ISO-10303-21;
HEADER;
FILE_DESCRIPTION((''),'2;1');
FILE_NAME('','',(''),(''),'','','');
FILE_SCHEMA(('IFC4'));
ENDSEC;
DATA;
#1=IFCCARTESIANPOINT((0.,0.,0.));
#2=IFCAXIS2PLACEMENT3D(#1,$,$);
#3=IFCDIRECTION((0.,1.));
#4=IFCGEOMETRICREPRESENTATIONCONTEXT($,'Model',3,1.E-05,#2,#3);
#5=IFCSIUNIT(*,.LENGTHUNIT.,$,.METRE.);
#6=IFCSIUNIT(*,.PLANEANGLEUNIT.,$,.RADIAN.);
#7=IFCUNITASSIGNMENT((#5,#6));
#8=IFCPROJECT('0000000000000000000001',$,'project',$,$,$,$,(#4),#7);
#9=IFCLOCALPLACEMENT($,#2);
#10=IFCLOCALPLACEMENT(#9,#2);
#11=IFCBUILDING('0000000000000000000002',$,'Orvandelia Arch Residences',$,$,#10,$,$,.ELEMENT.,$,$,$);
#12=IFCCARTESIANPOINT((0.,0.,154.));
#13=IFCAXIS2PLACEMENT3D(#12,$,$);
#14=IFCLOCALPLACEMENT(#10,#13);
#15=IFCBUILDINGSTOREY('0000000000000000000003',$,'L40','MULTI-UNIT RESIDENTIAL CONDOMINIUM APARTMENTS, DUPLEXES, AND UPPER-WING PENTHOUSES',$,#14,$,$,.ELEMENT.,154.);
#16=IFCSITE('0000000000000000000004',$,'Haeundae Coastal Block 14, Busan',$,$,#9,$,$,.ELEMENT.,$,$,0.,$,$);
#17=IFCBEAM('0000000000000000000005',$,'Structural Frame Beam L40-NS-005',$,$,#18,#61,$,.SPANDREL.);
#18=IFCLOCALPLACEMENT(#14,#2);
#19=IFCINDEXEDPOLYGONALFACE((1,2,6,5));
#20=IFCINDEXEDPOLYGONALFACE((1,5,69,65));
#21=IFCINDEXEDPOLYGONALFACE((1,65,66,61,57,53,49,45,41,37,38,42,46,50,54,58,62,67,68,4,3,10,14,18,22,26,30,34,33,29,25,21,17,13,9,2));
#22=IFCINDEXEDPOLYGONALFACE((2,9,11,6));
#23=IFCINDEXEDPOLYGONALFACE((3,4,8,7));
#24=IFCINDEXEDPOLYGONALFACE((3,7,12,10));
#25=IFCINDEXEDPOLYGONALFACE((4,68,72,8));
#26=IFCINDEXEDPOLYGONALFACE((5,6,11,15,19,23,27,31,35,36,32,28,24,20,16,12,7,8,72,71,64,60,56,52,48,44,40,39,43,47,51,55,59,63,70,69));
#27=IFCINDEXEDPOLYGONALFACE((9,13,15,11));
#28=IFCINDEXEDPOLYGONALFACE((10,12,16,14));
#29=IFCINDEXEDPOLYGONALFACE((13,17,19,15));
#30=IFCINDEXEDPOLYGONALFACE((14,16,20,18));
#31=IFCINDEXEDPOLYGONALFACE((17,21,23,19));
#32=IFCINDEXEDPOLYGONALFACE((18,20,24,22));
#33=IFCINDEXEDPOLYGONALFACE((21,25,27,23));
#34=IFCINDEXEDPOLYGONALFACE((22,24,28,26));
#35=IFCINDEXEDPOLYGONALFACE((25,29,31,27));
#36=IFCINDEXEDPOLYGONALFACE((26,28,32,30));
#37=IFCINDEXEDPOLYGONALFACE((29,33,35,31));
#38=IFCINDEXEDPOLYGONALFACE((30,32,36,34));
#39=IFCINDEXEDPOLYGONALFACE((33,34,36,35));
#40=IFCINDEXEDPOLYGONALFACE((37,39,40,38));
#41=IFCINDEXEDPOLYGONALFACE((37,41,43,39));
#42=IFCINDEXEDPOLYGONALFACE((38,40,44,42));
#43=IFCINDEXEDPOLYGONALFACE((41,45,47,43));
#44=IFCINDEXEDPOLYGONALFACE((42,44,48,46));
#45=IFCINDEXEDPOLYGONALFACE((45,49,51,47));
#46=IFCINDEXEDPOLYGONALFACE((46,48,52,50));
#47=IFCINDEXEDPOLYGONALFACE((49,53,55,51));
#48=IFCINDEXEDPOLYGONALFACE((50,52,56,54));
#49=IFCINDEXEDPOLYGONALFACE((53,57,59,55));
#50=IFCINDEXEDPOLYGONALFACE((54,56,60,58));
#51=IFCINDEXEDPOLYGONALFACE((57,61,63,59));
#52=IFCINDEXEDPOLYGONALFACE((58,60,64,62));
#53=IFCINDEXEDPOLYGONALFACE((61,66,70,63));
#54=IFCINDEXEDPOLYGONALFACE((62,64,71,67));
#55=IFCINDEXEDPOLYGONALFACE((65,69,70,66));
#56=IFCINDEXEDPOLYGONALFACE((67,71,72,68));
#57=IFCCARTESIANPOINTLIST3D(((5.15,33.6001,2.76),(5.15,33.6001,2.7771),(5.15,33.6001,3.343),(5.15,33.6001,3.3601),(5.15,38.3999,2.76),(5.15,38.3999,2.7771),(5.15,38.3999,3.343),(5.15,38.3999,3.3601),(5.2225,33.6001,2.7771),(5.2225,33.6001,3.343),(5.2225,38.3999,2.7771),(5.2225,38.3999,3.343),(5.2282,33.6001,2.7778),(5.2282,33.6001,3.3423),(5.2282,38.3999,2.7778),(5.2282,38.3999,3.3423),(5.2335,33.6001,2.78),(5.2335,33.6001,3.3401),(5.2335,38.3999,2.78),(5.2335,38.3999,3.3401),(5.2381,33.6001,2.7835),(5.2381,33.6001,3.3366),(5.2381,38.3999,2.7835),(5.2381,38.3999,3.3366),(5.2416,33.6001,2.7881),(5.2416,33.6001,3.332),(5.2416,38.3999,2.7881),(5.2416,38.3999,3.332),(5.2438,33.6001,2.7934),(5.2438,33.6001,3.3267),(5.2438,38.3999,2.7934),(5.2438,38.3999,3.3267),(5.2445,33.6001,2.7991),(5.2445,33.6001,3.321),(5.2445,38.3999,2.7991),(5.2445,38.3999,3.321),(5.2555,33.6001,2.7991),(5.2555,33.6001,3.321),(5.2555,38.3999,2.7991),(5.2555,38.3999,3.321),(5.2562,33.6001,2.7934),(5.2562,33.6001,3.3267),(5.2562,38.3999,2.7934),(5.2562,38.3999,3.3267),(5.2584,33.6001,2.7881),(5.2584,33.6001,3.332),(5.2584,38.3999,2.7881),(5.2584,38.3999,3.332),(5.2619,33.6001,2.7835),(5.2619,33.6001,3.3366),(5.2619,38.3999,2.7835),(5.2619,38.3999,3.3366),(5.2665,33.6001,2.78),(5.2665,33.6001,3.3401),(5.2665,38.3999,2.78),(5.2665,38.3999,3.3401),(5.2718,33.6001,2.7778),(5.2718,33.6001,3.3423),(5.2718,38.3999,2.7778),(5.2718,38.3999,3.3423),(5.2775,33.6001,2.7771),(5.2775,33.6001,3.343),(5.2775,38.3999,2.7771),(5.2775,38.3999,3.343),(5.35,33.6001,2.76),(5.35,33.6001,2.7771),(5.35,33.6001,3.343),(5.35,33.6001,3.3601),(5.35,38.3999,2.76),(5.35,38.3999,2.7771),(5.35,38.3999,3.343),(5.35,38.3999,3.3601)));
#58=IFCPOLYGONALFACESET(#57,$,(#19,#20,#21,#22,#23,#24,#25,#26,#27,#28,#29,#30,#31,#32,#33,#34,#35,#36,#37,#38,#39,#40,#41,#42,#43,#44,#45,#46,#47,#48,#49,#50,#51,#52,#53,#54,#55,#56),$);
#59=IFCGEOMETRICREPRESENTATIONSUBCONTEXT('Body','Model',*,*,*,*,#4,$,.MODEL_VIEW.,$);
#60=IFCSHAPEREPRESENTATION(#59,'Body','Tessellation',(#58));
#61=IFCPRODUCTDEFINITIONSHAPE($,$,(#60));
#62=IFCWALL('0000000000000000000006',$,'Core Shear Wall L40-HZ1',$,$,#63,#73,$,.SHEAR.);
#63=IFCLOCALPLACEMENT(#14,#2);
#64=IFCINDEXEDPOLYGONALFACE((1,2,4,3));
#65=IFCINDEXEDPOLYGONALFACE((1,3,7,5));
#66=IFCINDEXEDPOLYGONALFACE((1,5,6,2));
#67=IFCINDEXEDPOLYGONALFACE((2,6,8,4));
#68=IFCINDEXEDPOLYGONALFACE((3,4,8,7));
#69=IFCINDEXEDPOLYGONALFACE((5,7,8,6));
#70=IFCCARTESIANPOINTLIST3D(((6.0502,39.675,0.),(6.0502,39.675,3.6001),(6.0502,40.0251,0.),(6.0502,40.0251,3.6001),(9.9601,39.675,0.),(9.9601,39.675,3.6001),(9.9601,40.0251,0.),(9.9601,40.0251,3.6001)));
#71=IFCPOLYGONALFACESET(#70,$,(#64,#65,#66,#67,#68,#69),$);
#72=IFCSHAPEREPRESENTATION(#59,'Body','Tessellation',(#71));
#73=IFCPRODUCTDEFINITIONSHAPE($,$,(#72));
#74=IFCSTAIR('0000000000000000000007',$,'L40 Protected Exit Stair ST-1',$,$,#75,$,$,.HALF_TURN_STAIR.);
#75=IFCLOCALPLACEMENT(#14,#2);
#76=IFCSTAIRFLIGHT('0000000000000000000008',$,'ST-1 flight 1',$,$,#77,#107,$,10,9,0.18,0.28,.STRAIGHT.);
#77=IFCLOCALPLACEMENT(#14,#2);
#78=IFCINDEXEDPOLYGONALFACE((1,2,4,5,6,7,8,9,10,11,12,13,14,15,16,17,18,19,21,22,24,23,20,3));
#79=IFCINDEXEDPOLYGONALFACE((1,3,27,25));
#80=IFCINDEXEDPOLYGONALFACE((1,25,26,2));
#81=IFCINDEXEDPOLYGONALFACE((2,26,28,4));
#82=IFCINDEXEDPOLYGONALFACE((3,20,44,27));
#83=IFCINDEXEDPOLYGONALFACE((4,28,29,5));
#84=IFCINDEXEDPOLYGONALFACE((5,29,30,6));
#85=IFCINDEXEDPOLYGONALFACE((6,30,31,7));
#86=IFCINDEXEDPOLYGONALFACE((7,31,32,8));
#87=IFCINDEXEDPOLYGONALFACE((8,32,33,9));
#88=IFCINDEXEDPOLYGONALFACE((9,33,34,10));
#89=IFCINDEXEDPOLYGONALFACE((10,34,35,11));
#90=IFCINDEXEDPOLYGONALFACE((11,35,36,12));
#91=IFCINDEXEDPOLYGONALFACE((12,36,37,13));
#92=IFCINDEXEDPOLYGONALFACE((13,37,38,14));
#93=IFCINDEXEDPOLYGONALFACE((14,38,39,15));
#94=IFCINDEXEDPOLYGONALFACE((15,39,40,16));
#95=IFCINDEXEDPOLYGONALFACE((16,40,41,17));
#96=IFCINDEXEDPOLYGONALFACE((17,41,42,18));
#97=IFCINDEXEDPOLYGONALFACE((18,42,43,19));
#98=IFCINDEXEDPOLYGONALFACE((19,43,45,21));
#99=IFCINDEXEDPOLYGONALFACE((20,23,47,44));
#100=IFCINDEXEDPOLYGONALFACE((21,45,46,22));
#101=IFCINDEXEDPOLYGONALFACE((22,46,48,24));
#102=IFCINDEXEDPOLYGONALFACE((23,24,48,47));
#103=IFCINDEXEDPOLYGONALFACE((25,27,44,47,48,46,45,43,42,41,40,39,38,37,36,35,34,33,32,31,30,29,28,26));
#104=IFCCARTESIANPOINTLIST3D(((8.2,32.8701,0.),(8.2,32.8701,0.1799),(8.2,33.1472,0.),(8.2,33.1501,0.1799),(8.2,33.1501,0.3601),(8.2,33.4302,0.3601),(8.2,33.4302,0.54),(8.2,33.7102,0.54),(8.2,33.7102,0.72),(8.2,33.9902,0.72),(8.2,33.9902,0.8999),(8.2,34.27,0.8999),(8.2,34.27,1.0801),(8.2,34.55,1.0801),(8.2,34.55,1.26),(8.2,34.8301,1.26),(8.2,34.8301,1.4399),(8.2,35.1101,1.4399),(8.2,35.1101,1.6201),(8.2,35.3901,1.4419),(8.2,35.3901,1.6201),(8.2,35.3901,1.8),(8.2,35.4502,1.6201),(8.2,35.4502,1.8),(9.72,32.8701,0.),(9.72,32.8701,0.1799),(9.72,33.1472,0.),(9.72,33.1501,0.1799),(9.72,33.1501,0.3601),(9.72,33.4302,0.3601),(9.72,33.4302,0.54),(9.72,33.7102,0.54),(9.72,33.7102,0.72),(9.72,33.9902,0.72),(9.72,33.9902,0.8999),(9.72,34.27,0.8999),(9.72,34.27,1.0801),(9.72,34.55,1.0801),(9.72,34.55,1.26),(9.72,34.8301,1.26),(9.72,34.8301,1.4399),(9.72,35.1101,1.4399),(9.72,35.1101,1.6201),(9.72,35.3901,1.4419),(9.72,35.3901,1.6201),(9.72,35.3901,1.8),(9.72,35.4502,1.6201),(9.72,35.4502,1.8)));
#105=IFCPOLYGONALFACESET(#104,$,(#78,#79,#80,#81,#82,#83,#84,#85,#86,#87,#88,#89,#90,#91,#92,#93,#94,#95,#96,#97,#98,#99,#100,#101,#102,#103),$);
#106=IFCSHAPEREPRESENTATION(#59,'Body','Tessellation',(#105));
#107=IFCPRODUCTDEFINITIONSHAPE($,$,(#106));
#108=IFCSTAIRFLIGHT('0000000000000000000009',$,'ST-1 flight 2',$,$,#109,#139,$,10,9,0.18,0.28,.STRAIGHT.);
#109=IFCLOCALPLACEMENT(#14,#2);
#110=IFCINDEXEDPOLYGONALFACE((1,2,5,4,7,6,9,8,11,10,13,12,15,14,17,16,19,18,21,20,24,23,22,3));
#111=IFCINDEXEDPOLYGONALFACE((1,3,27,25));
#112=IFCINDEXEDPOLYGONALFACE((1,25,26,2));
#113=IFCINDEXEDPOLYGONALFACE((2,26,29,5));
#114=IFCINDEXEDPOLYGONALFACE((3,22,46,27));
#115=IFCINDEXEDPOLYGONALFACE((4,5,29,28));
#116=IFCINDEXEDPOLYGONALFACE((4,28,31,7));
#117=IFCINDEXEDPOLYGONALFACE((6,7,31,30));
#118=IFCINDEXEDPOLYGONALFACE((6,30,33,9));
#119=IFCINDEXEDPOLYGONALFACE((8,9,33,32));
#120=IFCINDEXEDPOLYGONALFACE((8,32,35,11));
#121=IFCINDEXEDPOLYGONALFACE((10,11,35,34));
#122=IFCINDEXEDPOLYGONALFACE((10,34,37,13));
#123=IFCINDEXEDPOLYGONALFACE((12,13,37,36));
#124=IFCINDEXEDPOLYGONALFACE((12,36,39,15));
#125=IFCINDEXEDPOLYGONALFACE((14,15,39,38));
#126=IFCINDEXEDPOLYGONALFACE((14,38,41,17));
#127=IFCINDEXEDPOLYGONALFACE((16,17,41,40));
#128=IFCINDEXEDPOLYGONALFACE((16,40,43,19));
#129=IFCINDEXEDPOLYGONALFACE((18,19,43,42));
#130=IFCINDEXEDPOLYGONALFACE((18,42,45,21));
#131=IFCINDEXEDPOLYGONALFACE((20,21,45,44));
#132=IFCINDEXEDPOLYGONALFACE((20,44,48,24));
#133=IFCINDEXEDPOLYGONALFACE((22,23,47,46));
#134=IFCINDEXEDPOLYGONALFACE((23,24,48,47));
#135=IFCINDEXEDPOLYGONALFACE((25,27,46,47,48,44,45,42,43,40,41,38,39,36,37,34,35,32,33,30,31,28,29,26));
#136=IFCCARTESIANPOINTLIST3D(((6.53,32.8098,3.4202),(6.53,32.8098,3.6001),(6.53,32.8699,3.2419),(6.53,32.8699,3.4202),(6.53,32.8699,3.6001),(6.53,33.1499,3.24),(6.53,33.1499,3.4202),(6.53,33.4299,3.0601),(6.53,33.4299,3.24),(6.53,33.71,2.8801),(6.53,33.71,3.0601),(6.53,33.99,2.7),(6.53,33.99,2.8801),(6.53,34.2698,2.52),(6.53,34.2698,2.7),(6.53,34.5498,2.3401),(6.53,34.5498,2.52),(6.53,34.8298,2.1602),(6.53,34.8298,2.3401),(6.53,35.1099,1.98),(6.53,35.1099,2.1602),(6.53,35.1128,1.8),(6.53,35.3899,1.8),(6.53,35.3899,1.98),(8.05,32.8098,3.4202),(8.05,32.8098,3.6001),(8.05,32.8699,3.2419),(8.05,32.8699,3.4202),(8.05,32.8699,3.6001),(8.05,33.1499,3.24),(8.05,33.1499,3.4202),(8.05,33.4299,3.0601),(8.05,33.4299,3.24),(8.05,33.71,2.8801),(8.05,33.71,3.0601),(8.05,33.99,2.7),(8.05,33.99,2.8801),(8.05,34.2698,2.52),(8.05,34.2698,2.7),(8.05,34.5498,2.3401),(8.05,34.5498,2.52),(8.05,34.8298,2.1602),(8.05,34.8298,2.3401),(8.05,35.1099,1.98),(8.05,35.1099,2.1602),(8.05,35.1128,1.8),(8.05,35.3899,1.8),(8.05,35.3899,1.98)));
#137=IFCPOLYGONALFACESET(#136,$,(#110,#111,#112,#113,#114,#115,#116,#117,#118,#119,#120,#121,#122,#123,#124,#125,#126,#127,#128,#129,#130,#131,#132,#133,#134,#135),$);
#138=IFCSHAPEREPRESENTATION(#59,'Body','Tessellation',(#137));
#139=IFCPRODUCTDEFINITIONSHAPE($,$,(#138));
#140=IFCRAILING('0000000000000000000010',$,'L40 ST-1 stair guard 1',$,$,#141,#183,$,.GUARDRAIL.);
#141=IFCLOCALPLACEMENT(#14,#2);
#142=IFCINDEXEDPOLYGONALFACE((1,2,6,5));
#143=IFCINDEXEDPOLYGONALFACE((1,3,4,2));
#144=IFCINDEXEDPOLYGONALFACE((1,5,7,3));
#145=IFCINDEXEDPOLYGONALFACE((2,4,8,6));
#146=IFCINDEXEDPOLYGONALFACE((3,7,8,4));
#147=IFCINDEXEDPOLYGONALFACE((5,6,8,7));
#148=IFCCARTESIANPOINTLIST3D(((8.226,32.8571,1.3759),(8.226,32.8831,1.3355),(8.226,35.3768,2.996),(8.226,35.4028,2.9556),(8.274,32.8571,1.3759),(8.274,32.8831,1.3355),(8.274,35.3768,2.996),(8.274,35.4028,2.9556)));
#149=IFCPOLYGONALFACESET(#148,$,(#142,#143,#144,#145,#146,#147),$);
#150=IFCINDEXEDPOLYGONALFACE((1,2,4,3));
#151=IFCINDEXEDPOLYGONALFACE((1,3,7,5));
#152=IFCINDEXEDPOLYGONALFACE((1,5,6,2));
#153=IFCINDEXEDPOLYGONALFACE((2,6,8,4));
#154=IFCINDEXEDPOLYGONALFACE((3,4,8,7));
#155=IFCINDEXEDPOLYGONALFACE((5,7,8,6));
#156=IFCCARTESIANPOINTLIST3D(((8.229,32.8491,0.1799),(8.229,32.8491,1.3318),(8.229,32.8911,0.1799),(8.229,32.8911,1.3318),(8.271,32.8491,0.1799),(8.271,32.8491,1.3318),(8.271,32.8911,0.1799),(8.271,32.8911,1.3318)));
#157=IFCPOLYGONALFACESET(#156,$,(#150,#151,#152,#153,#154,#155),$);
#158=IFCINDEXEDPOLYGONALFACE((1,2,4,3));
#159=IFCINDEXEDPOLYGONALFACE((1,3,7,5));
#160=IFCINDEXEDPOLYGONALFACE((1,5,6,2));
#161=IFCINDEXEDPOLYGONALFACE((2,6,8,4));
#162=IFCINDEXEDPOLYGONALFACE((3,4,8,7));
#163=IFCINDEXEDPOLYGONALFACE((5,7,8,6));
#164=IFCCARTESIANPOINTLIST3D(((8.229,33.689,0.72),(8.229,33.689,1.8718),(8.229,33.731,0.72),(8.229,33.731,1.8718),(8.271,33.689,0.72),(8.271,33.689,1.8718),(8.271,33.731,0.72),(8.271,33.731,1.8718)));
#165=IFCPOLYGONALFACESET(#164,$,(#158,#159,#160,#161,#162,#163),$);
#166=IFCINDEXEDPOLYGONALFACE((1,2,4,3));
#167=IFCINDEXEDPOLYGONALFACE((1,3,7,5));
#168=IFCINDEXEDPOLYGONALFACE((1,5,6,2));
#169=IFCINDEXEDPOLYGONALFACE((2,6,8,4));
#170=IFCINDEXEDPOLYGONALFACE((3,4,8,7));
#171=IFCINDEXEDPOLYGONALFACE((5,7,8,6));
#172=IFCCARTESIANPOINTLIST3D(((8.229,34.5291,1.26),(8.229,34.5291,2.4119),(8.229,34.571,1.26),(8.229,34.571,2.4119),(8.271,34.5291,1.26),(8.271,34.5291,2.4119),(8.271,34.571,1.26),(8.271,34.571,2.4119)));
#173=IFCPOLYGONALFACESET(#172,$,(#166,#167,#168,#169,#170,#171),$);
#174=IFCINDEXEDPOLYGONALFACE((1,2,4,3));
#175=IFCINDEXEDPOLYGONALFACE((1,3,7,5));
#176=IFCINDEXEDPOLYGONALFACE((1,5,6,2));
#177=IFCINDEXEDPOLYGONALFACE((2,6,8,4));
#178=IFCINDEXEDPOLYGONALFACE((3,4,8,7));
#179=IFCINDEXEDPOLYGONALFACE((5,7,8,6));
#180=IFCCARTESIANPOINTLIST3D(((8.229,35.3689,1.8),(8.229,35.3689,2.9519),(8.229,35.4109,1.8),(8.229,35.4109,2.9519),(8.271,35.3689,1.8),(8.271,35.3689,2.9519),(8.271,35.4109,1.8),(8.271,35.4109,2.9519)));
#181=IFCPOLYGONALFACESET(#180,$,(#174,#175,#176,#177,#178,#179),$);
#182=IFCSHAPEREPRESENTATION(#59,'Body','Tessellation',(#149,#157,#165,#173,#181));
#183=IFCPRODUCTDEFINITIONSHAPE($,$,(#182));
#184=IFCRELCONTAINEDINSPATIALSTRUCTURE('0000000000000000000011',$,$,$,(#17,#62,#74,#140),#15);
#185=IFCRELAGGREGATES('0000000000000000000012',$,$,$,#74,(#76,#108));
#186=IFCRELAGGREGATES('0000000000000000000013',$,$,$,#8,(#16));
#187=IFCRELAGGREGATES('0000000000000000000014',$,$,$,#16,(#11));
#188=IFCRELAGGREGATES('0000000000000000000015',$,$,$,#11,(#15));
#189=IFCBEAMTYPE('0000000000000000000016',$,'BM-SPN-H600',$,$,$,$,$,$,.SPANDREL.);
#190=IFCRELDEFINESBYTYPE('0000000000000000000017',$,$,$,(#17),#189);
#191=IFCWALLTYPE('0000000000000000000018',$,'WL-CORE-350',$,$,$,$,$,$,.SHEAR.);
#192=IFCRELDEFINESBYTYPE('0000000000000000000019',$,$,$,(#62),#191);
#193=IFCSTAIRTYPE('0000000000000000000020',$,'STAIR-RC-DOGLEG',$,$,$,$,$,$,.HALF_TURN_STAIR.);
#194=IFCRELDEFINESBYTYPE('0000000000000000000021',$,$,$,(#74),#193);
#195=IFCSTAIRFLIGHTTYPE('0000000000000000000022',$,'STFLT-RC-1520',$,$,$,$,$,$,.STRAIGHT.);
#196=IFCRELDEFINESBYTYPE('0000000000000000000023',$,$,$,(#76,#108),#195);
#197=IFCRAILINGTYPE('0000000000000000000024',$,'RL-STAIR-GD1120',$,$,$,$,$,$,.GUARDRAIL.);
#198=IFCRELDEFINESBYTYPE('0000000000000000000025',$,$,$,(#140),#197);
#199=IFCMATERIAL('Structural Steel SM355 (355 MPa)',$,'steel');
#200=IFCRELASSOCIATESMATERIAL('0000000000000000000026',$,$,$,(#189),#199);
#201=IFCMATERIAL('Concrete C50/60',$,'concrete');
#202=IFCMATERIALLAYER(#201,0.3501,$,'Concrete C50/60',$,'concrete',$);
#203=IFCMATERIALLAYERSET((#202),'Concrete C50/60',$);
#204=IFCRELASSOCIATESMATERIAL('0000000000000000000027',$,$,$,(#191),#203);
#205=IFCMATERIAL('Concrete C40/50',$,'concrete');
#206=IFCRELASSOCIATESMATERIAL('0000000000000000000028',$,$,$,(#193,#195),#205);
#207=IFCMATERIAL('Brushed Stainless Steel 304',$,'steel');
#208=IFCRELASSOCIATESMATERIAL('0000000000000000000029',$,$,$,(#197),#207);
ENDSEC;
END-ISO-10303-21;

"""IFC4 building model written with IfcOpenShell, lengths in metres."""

from ifc_helpers import new_model, si_unit, direction, frame, frame_2d, origin, origin_2d, place, context, subcontext, project, spatial, polyline, rectangle, i_section, outline, extrude, material, layer, layer_set, material_profile, profile_set, type_object, element, aggregate, save


model = new_model("IFC4")

# Units and contexts
model_context = context("Model", 3, precision=1e-05, world=origin(), true_north=direction((0.0, 1.0)))
body_context = subcontext(model_context, "Body", "Model", "MODEL_VIEW")
ifc_project = project(units=[si_unit("LENGTHUNIT", "METRE"), si_unit("PLANEANGLEUNIT", "RADIAN")], contexts=[model_context])

# Site, building, storey
site_placement = place(None, origin())
site = spatial("IfcSite", under=ifc_project, at=site_placement, Name="Haeundae Coastal Block 14, Busan", CompositionType="ELEMENT", RefElevation=0.0)
building_placement = place(site_placement, origin())
building = spatial("IfcBuilding", under=site, at=building_placement, Name="Orvandelia Arch Residences", CompositionType="ELEMENT")
storey_placement = place(building_placement, frame((0.0, 0.0, 154.0)))
storey = spatial("IfcBuildingStorey", under=building, at=storey_placement, Name="L40", Description="MULTI-UNIT RESIDENTIAL CONDOMINIUM APARTMENTS, DUPLEXES, AND UPPER-WING PENTHOUSES", CompositionType="ELEMENT", Elevation=154.0)

# Beam
ifc_material_1 = material(Name="Structural Steel SM355 (355 MPa)", Category="steel")
ifc_material_profile_1 = material_profile(ifc_material_1, i_section(OverallWidth=0.2, OverallDepth=0.6001, WebThickness=0.011, FlangeThickness=0.0171, FilletRadius=0.022, at=origin_2d()), Name="Structural Steel SM355 (355 MPa)", Category="steel")
ifc_profile_set_1 = profile_set([ifc_material_profile_1], Name="Structural Steel SM355 (355 MPa)")
beam_type_1 = type_object("IfcBeamType", Name="BM-SPN-H600", PredefinedType="SPANDREL", material=ifc_profile_set_1)
beam_1_placement = place(storey_placement, frame((5.25, 33.6001, 3.0601), z_axis=(0.0, 1.0, 0.0), x_axis=(-1.0, 0.0, 0.0)))
element("IfcBeam", 1, at=beam_1_placement, inside=storey, type_object=beam_type_1, Name="Structural Frame Beam L40-NS-005", PredefinedType="SPANDREL", context=body_context, shape_type="SweptSolid", body=[
    extrude(i_section(OverallWidth=0.2, OverallDepth=0.6001, WebThickness=0.011, FlangeThickness=0.0171, FilletRadius=0.022, at=origin_2d()), origin(), (0.0, 0.0, 1.0), 4.7998),
])

# Wall
ifc_material_2 = material(Name="Concrete C50/60", Category="concrete")
ifc_layer = layer(ifc_material_2, 0.3501, Name="Concrete C50/60", Category="concrete")
ifc_layer_set = layer_set([ifc_layer], Name="Concrete C50/60")
wall_type = type_object("IfcWallType", Name="WL-CORE-350", PredefinedType="SHEAR", material=ifc_layer_set)
wall_placement = place(storey_placement, frame((6.05, 39.8501, 0.0), z_axis=(0.0, 0.0, 1.0), x_axis=(1.0, 0.0, 0.0)))
element("IfcWall", 2, at=wall_placement, inside=storey, type_object=wall_type, Name="Core Shear Wall L40-HZ1", PredefinedType="SHEAR", context=body_context, shape_type="SweptSolid", body=[
    extrude(rectangle(XDim=3.9099, YDim=0.3501, at=frame_2d((1.9551, 0.0))), origin(), (0.0, 0.0, 1.0), 3.6001),
])

# Stair, stair flights
ifc_material_3 = material(Name="Concrete C40/50", Category="concrete")
stair_type = type_object("IfcStairType", Name="STAIR-RC-DOGLEG", PredefinedType="HALF_TURN_STAIR", material=ifc_material_3)
stair_placement = place(storey_placement, origin())
stair = element("IfcStair", 3, at=stair_placement, inside=storey, type_object=stair_type, Name="L40 Protected Exit Stair ST-1", PredefinedType="HALF_TURN_STAIR")
stair_flight_type = type_object("IfcStairFlightType", Name="STFLT-RC-1520", PredefinedType="STRAIGHT", material=ifc_material_3)
stair_flight_1_placement = place(storey_placement, frame((8.96, 32.8701, 0.0), z_axis=(0.0, 0.0, 1.0), x_axis=(0.0, 1.0, 0.0)))
stair_flight_1 = element("IfcStairFlight", 4, at=stair_flight_1_placement, type_object=stair_flight_type, Name="ST-1 flight 1", NumberOfRisers=10, NumberOfTreads=9, PredefinedType="STRAIGHT", RiserHeight=0.18, TreadLength=0.28, context=body_context, shape_type="SweptSolid", body=[
    extrude(outline(polyline([(0.0, 0.0), (0.0, 0.1799), (0.28, 0.1799), (0.28, 0.3601), (0.5601, 0.3601), (0.5601, 0.54), (0.8401, 0.54), (0.8401, 0.72), (1.1201, 0.72), (1.1201, 0.8999), (1.3999, 0.8999), (1.3999, 1.0801), (1.6799, 1.0801), (1.6799, 1.26), (1.96, 1.26), (1.96, 1.4399), (2.24, 1.4399), (2.24, 1.6201), (2.52, 1.6201), (2.52, 1.8), (2.5801, 1.8), (2.5801, 1.6201), (2.52, 1.4419), (0.2771, 0.0), (0.0, 0.0)])), frame((0.0, 0.76, 0.0), z_axis=(0.0, -1.0, 0.0), x_axis=(1.0, 0.0, 0.0)), (0.0, 0.0, 1.0), 1.52),
])
stair_flight_2_placement = place(storey_placement, frame((7.29, 35.3899, 1.8), z_axis=(0.0, 0.0, 1.0), x_axis=(0.0, -1.0, 0.0)))
stair_flight_2 = element("IfcStairFlight", 5, at=stair_flight_2_placement, type_object=stair_flight_type, Name="ST-1 flight 2", NumberOfRisers=10, NumberOfTreads=9, PredefinedType="STRAIGHT", RiserHeight=0.18, TreadLength=0.28, context=body_context, shape_type="SweptSolid", body=[
    extrude(outline(polyline([(0.0, 0.0), (0.0, 0.1799), (0.28, 0.1799), (0.28, 0.3601), (0.5601, 0.3601), (0.5601, 0.54), (0.8401, 0.54), (0.8401, 0.72), (1.1201, 0.72), (1.1201, 0.8999), (1.3999, 0.8999), (1.3999, 1.0801), (1.6799, 1.0801), (1.6799, 1.26), (1.96, 1.26), (1.96, 1.4399), (2.24, 1.4399), (2.24, 1.6201), (2.52, 1.6201), (2.52, 1.8), (2.5801, 1.8), (2.5801, 1.6201), (2.52, 1.4419), (0.2771, 0.0), (0.0, 0.0)])), frame((0.0, 0.76, 0.0), z_axis=(0.0, -1.0, 0.0), x_axis=(1.0, 0.0, 0.0)), (0.0, 0.0, 1.0), 1.52),
])
aggregate(stair, [stair_flight_1, stair_flight_2])

# Railing
ifc_material_4 = material(Name="Brushed Stainless Steel 304", Category="steel")
railing_type_1 = type_object("IfcRailingType", Name="RL-STAIR-GD1120", PredefinedType="GUARDRAIL", material=ifc_material_4)
railing_1_placement = place(storey_placement, frame((8.25, 32.8701, 0.1799)))
element("IfcRailing", 6, at=railing_1_placement, inside=storey, type_object=railing_type_1, Name="L40 ST-1 stair guard 1", PredefinedType="GUARDRAIL", context=body_context, shape_type="SweptSolid", body=[
    extrude(rectangle(XDim=0.0481, YDim=0.0481, at=origin_2d()), frame((0.0, 0.0, 1.1758), z_axis=(0.0, 0.841139, 0.540819), x_axis=(-1.0, 0.0, 0.0)), (0.0, 0.0, 1.0), 2.9956),
    extrude(rectangle(XDim=0.042, YDim=0.042, at=origin_2d()), origin(), (0.0, 0.0, 1.0), 1.1519),
    extrude(rectangle(XDim=0.042, YDim=0.042, at=origin_2d()), frame((0.0, 0.8398, 0.54)), (0.0, 0.0, 1.0), 1.1519),
    extrude(rectangle(XDim=0.042, YDim=0.042, at=origin_2d()), frame((0.0, 1.6799, 1.0801)), (0.0, 0.0, 1.0), 1.1519),
    extrude(rectangle(XDim=0.042, YDim=0.042, at=origin_2d()), frame((0.0, 2.5198, 1.6201)), (0.0, 0.0, 1.0), 1.1519),
])

save(model, "model.ifc")
